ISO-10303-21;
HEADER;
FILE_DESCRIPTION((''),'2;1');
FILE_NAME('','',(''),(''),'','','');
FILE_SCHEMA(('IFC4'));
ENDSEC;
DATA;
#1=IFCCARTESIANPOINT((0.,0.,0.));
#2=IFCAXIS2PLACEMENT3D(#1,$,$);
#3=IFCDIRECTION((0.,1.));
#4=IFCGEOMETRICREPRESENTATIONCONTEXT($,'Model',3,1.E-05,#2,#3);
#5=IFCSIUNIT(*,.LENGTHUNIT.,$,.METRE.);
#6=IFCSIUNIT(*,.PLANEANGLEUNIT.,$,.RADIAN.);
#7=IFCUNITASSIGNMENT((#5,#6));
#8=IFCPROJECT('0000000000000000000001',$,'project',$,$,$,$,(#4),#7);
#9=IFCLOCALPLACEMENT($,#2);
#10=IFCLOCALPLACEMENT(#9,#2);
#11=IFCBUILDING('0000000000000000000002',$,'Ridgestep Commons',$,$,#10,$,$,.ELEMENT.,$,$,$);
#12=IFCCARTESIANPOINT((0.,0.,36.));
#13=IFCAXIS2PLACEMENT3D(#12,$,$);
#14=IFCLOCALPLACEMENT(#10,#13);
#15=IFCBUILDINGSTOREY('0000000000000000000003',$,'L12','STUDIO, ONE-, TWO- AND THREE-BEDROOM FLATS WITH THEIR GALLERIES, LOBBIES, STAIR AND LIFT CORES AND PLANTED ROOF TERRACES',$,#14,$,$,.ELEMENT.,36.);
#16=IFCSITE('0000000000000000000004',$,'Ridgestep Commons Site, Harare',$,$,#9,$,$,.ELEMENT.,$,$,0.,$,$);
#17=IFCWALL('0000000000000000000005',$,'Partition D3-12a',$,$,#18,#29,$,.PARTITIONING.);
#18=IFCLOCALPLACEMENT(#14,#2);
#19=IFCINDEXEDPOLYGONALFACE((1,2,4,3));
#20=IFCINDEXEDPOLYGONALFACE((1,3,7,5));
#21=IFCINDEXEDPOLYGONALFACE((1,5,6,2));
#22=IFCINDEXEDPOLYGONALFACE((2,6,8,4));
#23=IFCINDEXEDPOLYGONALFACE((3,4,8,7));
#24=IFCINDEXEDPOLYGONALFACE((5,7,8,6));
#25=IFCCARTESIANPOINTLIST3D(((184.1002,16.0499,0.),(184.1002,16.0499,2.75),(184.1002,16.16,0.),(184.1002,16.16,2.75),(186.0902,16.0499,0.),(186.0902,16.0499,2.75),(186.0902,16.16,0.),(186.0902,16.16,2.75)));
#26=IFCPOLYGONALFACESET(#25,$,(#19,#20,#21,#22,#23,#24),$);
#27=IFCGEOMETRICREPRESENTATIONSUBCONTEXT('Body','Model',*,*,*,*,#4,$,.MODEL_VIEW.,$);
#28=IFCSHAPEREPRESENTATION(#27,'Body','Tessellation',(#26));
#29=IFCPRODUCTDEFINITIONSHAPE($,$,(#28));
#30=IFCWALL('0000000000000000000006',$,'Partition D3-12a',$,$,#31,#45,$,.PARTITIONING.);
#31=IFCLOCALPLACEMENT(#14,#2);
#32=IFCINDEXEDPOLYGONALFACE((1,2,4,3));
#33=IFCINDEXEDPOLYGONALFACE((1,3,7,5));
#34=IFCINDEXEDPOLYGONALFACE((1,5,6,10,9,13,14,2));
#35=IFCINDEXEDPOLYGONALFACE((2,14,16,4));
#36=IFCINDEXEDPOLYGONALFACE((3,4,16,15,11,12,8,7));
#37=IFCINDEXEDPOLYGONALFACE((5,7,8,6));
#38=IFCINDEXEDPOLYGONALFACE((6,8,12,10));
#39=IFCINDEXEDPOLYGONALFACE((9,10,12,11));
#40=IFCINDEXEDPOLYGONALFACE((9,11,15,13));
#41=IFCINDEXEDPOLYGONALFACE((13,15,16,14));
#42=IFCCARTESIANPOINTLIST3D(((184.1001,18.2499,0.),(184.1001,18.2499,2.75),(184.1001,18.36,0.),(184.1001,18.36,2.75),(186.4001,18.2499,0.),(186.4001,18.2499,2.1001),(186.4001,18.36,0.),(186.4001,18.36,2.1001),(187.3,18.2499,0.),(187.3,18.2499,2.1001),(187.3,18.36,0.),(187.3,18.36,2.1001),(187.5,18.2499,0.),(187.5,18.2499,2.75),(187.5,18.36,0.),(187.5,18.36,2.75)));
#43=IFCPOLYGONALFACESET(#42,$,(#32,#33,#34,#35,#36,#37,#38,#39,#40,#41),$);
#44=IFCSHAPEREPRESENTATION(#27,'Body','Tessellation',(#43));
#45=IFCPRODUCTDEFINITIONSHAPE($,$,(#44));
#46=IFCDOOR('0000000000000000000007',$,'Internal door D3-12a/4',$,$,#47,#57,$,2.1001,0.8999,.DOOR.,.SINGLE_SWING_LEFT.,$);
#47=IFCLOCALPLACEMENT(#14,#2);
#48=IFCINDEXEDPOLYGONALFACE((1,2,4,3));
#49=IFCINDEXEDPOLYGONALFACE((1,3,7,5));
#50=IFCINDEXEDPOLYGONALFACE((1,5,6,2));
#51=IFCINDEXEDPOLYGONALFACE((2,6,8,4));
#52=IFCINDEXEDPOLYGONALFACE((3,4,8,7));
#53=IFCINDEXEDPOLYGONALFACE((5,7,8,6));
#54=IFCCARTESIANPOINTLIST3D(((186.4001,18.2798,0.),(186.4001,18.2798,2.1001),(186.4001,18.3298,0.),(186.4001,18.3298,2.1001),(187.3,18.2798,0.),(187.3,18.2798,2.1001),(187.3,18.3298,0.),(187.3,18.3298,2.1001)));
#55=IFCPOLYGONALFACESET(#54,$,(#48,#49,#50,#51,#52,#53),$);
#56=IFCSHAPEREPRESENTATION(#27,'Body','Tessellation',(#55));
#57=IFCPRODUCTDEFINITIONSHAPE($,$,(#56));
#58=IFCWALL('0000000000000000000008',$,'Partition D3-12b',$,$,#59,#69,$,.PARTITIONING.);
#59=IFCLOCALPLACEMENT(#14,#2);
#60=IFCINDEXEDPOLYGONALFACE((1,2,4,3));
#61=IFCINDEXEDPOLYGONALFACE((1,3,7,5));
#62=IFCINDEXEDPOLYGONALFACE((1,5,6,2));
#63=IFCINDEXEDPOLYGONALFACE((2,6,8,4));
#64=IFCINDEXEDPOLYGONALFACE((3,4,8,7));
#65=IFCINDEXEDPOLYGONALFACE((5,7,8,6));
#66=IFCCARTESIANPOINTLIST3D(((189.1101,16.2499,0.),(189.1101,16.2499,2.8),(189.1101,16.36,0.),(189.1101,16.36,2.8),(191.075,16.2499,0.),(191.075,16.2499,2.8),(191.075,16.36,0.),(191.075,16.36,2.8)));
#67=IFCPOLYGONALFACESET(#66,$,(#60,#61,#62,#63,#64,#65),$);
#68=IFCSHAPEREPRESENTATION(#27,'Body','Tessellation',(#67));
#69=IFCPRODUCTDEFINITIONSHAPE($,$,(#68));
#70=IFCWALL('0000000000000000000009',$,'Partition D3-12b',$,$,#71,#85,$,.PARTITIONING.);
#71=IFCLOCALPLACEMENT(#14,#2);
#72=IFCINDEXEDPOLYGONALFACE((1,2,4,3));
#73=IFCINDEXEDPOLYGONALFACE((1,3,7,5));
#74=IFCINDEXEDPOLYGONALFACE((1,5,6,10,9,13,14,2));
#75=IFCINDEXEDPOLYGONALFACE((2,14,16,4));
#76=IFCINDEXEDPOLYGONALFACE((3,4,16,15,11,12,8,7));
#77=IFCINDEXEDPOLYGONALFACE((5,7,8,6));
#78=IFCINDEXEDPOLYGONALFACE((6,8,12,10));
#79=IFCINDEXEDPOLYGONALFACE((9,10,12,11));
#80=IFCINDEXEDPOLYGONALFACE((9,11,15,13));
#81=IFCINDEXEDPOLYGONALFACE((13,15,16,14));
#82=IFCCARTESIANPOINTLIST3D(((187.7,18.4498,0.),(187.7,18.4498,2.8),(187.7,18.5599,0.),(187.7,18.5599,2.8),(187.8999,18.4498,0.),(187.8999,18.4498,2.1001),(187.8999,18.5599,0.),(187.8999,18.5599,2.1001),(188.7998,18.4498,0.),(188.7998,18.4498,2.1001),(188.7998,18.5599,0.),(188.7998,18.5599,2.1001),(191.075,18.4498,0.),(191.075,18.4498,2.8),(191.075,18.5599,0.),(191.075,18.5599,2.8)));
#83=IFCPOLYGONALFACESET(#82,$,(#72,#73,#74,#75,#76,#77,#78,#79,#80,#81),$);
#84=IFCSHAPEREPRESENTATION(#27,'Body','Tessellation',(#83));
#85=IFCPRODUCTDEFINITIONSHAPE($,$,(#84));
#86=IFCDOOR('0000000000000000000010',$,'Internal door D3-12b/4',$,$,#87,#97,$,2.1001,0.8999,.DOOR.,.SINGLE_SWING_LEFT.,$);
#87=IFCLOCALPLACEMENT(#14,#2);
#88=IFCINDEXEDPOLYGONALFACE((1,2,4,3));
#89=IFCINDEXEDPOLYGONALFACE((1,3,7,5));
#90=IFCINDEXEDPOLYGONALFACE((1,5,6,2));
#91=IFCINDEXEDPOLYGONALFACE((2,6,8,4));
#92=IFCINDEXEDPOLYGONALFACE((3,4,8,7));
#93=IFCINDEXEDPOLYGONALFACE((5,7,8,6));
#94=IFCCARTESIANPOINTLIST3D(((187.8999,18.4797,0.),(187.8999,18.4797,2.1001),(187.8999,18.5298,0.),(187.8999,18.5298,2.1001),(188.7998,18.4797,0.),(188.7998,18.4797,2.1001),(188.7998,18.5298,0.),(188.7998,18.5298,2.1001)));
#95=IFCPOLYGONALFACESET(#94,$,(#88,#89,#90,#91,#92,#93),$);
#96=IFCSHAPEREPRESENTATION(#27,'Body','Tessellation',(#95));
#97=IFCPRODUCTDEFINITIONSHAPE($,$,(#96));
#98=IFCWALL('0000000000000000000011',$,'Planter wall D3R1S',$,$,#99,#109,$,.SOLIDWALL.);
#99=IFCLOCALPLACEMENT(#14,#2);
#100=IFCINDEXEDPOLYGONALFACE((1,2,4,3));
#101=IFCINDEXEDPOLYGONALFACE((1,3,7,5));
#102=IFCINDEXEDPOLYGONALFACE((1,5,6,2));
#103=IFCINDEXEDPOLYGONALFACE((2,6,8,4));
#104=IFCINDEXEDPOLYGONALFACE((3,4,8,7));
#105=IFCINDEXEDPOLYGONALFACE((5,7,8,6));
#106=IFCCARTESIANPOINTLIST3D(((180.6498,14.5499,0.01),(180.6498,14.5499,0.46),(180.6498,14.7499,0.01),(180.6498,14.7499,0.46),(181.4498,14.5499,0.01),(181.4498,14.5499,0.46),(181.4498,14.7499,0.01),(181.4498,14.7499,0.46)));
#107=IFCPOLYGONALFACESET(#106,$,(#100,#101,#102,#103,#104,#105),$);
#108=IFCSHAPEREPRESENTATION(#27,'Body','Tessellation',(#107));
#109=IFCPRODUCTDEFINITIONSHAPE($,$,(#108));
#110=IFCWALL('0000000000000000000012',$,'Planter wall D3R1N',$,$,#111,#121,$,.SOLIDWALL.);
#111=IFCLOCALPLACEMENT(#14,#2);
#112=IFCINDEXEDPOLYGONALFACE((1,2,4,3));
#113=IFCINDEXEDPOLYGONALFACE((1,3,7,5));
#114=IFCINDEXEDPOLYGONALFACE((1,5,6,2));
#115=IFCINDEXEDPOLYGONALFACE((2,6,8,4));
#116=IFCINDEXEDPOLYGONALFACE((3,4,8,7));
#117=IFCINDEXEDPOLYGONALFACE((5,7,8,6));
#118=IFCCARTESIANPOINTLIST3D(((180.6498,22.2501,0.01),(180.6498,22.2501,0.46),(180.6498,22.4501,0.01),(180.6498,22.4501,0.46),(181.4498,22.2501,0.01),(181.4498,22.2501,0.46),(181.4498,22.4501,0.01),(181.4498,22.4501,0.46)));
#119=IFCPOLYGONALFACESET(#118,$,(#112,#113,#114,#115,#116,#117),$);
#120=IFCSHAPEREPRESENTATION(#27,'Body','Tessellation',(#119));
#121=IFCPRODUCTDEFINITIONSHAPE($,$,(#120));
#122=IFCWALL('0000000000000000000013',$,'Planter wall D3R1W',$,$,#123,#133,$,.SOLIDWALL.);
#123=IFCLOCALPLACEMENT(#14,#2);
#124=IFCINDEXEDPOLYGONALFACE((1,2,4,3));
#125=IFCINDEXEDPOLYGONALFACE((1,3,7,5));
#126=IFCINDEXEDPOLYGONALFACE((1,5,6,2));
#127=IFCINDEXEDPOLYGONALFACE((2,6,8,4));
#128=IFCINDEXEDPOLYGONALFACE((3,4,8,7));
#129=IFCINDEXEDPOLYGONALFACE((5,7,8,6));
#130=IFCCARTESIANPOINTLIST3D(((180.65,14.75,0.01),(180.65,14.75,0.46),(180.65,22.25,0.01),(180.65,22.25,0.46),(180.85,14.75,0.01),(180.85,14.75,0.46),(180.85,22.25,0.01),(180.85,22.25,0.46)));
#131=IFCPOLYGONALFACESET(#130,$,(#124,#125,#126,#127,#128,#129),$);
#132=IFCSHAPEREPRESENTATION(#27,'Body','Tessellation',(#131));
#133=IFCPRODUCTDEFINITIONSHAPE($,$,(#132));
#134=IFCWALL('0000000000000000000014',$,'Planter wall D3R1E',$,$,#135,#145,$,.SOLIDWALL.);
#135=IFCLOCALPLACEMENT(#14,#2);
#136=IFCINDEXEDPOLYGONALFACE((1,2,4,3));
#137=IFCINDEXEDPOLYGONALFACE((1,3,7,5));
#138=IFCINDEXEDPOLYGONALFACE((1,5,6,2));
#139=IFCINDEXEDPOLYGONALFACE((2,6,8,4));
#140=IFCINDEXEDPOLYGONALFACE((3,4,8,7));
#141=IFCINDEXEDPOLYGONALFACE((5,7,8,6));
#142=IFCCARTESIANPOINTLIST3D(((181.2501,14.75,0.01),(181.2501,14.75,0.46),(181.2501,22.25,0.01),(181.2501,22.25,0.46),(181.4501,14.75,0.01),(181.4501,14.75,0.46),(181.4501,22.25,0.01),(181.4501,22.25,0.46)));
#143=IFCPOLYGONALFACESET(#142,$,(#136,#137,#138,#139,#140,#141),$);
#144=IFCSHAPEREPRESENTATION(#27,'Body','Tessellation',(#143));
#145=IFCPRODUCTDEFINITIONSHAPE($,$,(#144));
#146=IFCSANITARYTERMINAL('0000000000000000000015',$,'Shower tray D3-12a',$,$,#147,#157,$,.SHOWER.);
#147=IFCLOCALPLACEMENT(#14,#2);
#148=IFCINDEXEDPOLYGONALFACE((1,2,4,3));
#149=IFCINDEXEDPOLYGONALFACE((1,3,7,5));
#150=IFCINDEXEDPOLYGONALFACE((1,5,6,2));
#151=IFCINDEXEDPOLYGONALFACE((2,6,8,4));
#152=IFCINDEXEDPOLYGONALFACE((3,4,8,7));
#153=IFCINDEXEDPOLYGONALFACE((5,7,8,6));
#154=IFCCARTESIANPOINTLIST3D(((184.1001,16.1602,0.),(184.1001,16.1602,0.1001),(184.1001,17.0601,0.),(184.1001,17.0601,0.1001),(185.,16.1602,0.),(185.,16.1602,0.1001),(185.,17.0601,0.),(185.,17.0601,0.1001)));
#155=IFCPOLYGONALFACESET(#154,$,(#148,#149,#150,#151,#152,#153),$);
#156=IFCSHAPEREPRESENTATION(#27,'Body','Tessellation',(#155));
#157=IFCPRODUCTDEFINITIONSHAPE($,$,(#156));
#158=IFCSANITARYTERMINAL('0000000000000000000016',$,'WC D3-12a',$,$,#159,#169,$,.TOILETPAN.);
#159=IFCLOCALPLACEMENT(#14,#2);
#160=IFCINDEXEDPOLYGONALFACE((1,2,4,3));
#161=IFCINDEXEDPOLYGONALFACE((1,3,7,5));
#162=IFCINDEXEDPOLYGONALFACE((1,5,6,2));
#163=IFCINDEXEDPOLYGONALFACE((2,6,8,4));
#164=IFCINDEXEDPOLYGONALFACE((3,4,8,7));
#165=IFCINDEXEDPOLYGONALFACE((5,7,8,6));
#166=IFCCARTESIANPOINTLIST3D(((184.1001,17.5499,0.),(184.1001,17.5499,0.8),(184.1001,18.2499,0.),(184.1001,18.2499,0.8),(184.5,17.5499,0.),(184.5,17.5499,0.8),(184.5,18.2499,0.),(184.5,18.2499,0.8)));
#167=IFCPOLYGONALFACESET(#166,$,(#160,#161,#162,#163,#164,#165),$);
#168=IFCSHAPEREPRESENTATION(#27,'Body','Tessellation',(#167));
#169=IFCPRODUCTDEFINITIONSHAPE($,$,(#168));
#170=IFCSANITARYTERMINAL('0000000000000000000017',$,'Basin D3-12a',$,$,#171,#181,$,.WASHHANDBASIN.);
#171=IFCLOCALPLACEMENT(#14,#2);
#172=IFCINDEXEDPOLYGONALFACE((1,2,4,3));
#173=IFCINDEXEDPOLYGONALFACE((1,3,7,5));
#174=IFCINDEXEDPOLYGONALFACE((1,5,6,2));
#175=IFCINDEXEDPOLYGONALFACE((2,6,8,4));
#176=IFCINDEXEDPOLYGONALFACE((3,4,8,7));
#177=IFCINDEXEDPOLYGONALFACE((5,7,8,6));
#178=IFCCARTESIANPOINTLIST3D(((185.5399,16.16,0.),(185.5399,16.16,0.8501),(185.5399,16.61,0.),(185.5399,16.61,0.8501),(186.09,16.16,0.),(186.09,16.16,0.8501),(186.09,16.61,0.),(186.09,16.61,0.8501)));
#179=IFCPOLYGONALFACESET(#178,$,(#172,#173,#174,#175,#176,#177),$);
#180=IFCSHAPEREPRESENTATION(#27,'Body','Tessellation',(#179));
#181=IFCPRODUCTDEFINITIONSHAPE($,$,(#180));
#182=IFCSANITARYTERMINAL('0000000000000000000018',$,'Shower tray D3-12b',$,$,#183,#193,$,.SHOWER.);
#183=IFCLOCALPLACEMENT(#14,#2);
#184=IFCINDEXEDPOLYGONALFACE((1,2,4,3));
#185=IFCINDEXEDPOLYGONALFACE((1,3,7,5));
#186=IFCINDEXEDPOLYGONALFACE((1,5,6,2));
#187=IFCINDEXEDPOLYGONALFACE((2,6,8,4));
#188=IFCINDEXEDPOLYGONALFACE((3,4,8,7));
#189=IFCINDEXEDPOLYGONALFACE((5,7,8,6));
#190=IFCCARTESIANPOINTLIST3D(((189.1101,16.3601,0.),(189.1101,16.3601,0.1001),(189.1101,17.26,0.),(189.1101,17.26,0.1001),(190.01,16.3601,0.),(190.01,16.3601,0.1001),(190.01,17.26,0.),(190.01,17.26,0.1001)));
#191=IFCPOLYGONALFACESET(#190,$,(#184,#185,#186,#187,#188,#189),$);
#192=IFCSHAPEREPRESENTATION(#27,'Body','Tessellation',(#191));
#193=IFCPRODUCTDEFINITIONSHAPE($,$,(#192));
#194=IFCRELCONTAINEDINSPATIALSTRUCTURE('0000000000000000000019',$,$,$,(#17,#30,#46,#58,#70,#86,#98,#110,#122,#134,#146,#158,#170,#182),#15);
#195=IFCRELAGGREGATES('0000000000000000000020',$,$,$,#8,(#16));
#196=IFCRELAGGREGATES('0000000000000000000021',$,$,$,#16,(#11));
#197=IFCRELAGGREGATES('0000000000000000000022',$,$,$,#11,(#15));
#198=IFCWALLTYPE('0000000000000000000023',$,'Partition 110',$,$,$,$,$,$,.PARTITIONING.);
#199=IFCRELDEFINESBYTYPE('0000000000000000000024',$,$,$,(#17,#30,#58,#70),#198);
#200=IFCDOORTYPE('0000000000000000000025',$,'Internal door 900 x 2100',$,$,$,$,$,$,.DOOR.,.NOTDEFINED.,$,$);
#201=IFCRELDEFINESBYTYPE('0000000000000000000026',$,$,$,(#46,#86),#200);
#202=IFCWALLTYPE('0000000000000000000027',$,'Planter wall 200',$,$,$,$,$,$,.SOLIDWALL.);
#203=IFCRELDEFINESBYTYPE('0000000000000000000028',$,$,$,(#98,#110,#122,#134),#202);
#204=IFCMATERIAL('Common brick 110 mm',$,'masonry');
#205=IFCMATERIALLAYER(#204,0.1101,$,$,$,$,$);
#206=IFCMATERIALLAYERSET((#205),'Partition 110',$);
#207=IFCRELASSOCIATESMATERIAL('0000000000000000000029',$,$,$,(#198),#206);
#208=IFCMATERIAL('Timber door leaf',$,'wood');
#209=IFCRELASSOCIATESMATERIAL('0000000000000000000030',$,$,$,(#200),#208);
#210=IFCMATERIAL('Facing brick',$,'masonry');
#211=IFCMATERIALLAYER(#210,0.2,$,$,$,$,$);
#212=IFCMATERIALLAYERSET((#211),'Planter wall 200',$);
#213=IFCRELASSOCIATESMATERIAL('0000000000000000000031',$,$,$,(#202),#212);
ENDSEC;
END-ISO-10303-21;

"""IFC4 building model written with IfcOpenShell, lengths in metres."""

from ifc_helpers import new_model, si_unit, direction, frame, frame_2d, origin, origin_2d, place, context, subcontext, project, spatial, rectangle, extrude, material, layer, layer_set, type_object, element, fill, save


model = new_model("IFC4")

# Units and contexts
model_context = context("Model", 3, precision=1e-05, world=origin(), true_north=direction((0.0, 1.0)))
body_context = subcontext(model_context, "Body", "Model", "MODEL_VIEW")
ifc_project = project(units=[si_unit("LENGTHUNIT", "METRE"), si_unit("PLANEANGLEUNIT", "RADIAN")], contexts=[model_context])

# Site, building, storey
site_placement = place(None, origin())
site = spatial("IfcSite", under=ifc_project, at=site_placement, Name="Ridgestep Commons Site, Harare", CompositionType="ELEMENT", RefElevation=0.0)
building_placement = place(site_placement, origin())
building = spatial("IfcBuilding", under=site, at=building_placement, Name="Ridgestep Commons", CompositionType="ELEMENT")
storey_placement = place(building_placement, frame((0.0, 0.0, 36.0)))
storey = spatial("IfcBuildingStorey", under=building, at=storey_placement, Name="L12", Description="STUDIO, ONE-, TWO- AND THREE-BEDROOM FLATS WITH THEIR GALLERIES, LOBBIES, STAIR AND LIFT CORES AND PLANTED ROOF TERRACES", CompositionType="ELEMENT", Elevation=36.0)

# Wall
ifc_material_1 = material(Name="Common brick 110 mm", Category="masonry")
ifc_layer_1 = layer(ifc_material_1, 0.1101)
ifc_layer_set_1 = layer_set([ifc_layer_1], Name="Partition 110")
wall_type_1 = type_object("IfcWallType", Name="Partition 110", PredefinedType="PARTITIONING", material=ifc_layer_set_1)
wall_1_placement = place(storey_placement, frame((184.1001, 16.105, 0.0), z_axis=(0.0, 0.0, 1.0), x_axis=(1.0, 0.0, 0.0)))
element("IfcWall", 1, at=wall_1_placement, inside=storey, type_object=wall_type_1, Name="Partition D3-12a", PredefinedType="PARTITIONING", context=body_context, shape_type="SweptSolid", body=[
    extrude(rectangle(XDim=1.99, YDim=0.1101, at=frame_2d((0.9951, 0.0))), origin(), (0.0, 0.0, 1.0), 2.75),
])

# Wall, opening, door
wall_2_placement = place(storey_placement, frame((184.1001, 18.3049, 0.0), z_axis=(0.0, 0.0, 1.0), x_axis=(1.0, 0.0, 0.0)))
wall_2 = element("IfcWall", 2, at=wall_2_placement, inside=storey, type_object=wall_type_1, Name="Partition D3-12a", PredefinedType="PARTITIONING", context=body_context, shape_type="SweptSolid", body=[
    extrude(rectangle(XDim=3.3999, YDim=0.1101, at=frame_2d((1.7, 0.0))), origin(), (0.0, 0.0, 1.0), 2.75),
])
opening_1_placement = place(wall_2_placement, frame((2.3, 0.0, 0.0)))
opening_1 = element("IfcOpeningElement", 3, at=opening_1_placement, cuts=wall_2, PredefinedType="OPENING", context=body_context, shape_type="SweptSolid", body=[
    extrude(rectangle(XDim=0.8999, YDim=2.1001, at=frame_2d((0.45, 1.05))), frame((0.0, 0.0649, 0.0), z_axis=(0.0, -1.0, 0.0), x_axis=(1.0, 0.0, 0.0)), (0.0, 0.0, 1.0), 0.1301),
])
ifc_material_2 = material(Name="Timber door leaf", Category="wood")
door_type = type_object("IfcDoorType", Name="Internal door 900 x 2100", OperationType="NOTDEFINED", PredefinedType="DOOR", material=ifc_material_2)
door_1_placement = place(opening_1_placement, origin())
door_1 = element("IfcDoor", 4, at=door_1_placement, inside=storey, type_object=door_type, Name="Internal door D3-12a/4", OperationType="SINGLE_SWING_LEFT", OverallHeight=2.1001, OverallWidth=0.8999, PredefinedType="DOOR", context=body_context, shape_type="SweptSolid", body=[
    extrude(rectangle(XDim=0.8999, YDim=2.1001, at=frame_2d((0.45, 1.05))), frame((0.0, 0.0249, 0.0), z_axis=(0.0, -1.0, 0.0), x_axis=(1.0, 0.0, 0.0)), (0.0, 0.0, 1.0), 0.05),
])
fill(opening_1, door_1)

# Wall
wall_3_placement = place(storey_placement, frame((189.1101, 16.3049, 0.0), z_axis=(0.0, 0.0, 1.0), x_axis=(1.0, 0.0, 0.0)))
element("IfcWall", 5, at=wall_3_placement, inside=storey, type_object=wall_type_1, Name="Partition D3-12b", PredefinedType="PARTITIONING", context=body_context, shape_type="SweptSolid", body=[
    extrude(rectangle(XDim=1.9648, YDim=0.1101, at=frame_2d((0.9824, 0.0))), origin(), (0.0, 0.0, 1.0), 2.8),
])

# Wall, opening, door
wall_4_placement = place(storey_placement, frame((187.7, 18.5049, 0.0), z_axis=(0.0, 0.0, 1.0), x_axis=(1.0, 0.0, 0.0)))
wall_4 = element("IfcWall", 6, at=wall_4_placement, inside=storey, type_object=wall_type_1, Name="Partition D3-12b", PredefinedType="PARTITIONING", context=body_context, shape_type="SweptSolid", body=[
    extrude(rectangle(XDim=3.375, YDim=0.1101, at=frame_2d((1.6875, 0.0))), origin(), (0.0, 0.0, 1.0), 2.8),
])
opening_2_placement = place(wall_4_placement, frame((0.2, 0.0, 0.0)))
opening_2 = element("IfcOpeningElement", 7, at=opening_2_placement, cuts=wall_4, PredefinedType="OPENING", context=body_context, shape_type="SweptSolid", body=[
    extrude(rectangle(XDim=0.8999, YDim=2.1001, at=frame_2d((0.45, 1.05))), frame((0.0, 0.0649, 0.0), z_axis=(0.0, -1.0, 0.0), x_axis=(1.0, 0.0, 0.0)), (0.0, 0.0, 1.0), 0.1301),
])
door_2_placement = place(opening_2_placement, origin())
door_2 = element("IfcDoor", 8, at=door_2_placement, inside=storey, type_object=door_type, Name="Internal door D3-12b/4", OperationType="SINGLE_SWING_LEFT", OverallHeight=2.1001, OverallWidth=0.8999, PredefinedType="DOOR", context=body_context, shape_type="SweptSolid", body=[
    extrude(rectangle(XDim=0.8999, YDim=2.1001, at=frame_2d((0.45, 1.05))), frame((0.0, 0.0249, 0.0), z_axis=(0.0, -1.0, 0.0), x_axis=(1.0, 0.0, 0.0)), (0.0, 0.0, 1.0), 0.05),
])
fill(opening_2, door_2)

# Walls
ifc_material_3 = material(Name="Facing brick", Category="masonry")
ifc_layer_2 = layer(ifc_material_3, 0.2)
ifc_layer_set_2 = layer_set([ifc_layer_2], Name="Planter wall 200")
wall_type_2 = type_object("IfcWallType", Name="Planter wall 200", PredefinedType="SOLIDWALL", material=ifc_layer_set_2)
for number, where, z_axis, x_axis, name in (
    (9, (180.6499, 14.6499, 0.01), (0.0, 0.0, 1.0), (1.0, 0.0, 0.0), "Planter wall D3R1S"),
    (10, (180.6499, 22.3501, 0.01), (0.0, 0.0, 1.0), (1.0, 0.0, 0.0), "Planter wall D3R1N"),
):
    element("IfcWall", number, at=place(storey_placement, frame(where, z_axis=z_axis, x_axis=x_axis)), inside=storey, type_object=wall_type_2, Name=name, PredefinedType="SOLIDWALL", context=body_context, shape_type="SweptSolid", body=[
        extrude(rectangle(XDim=0.8, YDim=0.2, at=frame_2d((0.3999, 0.0))), origin(), (0.0, 0.0, 1.0), 0.45),
    ])
for number, where, z_axis, x_axis, name in (
    (11, (180.75, 14.75, 0.01), (0.0, 0.0, 1.0), (0.0, 1.0, 0.0), "Planter wall D3R1W"),
    (12, (181.3501, 14.75, 0.01), (0.0, 0.0, 1.0), (0.0, 1.0, 0.0), "Planter wall D3R1E"),
):
    element("IfcWall", number, at=place(storey_placement, frame(where, z_axis=z_axis, x_axis=x_axis)), inside=storey, type_object=wall_type_2, Name=name, PredefinedType="SOLIDWALL", context=body_context, shape_type="SweptSolid", body=[
        extrude(rectangle(XDim=7.5, YDim=0.2, at=frame_2d((3.75, 0.0))), origin(), (0.0, 0.0, 1.0), 0.45),
    ])

# Sanitary terminals
sanitary_terminal_1_placement = place(storey_placement, frame((184.55, 16.6101, 0.0), z_axis=(0.0, 0.0, 1.0), x_axis=(1.0, 0.0, 0.0)))
element("IfcSanitaryTerminal", 13, at=sanitary_terminal_1_placement, inside=storey, Name="Shower tray D3-12a", PredefinedType="SHOWER", context=body_context, shape_type="SweptSolid", body=[
    extrude(rectangle(XDim=0.8999, YDim=0.8999, at=origin_2d()), origin(), (0.0, 0.0, 1.0), 0.1001),
])
sanitary_terminal_2_placement = place(storey_placement, frame((184.3, 17.8999, 0.0), z_axis=(0.0, 0.0, 1.0), x_axis=(1.0, 0.0, 0.0)))
element("IfcSanitaryTerminal", 14, at=sanitary_terminal_2_placement, inside=storey, Name="WC D3-12a", PredefinedType="TOILETPAN", context=body_context, shape_type="SweptSolid", body=[
    extrude(rectangle(XDim=0.3999, YDim=0.7, at=origin_2d()), origin(), (0.0, 0.0, 1.0), 0.8),
])
sanitary_terminal_3_placement = place(storey_placement, frame((185.8149, 16.385, 0.0), z_axis=(0.0, 0.0, 1.0), x_axis=(1.0, 0.0, 0.0)))
element("IfcSanitaryTerminal", 15, at=sanitary_terminal_3_placement, inside=storey, Name="Basin D3-12a", PredefinedType="WASHHANDBASIN", context=body_context, shape_type="SweptSolid", body=[
    extrude(rectangle(XDim=0.55, YDim=0.45, at=origin_2d()), origin(), (0.0, 0.0, 1.0), 0.8501),
])
sanitary_terminal_4_placement = place(storey_placement, frame((189.5601, 16.8101, 0.0), z_axis=(0.0, 0.0, 1.0), x_axis=(1.0, 0.0, 0.0)))
element("IfcSanitaryTerminal", 16, at=sanitary_terminal_4_placement, inside=storey, Name="Shower tray D3-12b", PredefinedType="SHOWER", context=body_context, shape_type="SweptSolid", body=[
    extrude(rectangle(XDim=0.8999, YDim=0.8999, at=origin_2d()), origin(), (0.0, 0.0, 1.0), 0.1001),
])

save(model, "model.ifc")
